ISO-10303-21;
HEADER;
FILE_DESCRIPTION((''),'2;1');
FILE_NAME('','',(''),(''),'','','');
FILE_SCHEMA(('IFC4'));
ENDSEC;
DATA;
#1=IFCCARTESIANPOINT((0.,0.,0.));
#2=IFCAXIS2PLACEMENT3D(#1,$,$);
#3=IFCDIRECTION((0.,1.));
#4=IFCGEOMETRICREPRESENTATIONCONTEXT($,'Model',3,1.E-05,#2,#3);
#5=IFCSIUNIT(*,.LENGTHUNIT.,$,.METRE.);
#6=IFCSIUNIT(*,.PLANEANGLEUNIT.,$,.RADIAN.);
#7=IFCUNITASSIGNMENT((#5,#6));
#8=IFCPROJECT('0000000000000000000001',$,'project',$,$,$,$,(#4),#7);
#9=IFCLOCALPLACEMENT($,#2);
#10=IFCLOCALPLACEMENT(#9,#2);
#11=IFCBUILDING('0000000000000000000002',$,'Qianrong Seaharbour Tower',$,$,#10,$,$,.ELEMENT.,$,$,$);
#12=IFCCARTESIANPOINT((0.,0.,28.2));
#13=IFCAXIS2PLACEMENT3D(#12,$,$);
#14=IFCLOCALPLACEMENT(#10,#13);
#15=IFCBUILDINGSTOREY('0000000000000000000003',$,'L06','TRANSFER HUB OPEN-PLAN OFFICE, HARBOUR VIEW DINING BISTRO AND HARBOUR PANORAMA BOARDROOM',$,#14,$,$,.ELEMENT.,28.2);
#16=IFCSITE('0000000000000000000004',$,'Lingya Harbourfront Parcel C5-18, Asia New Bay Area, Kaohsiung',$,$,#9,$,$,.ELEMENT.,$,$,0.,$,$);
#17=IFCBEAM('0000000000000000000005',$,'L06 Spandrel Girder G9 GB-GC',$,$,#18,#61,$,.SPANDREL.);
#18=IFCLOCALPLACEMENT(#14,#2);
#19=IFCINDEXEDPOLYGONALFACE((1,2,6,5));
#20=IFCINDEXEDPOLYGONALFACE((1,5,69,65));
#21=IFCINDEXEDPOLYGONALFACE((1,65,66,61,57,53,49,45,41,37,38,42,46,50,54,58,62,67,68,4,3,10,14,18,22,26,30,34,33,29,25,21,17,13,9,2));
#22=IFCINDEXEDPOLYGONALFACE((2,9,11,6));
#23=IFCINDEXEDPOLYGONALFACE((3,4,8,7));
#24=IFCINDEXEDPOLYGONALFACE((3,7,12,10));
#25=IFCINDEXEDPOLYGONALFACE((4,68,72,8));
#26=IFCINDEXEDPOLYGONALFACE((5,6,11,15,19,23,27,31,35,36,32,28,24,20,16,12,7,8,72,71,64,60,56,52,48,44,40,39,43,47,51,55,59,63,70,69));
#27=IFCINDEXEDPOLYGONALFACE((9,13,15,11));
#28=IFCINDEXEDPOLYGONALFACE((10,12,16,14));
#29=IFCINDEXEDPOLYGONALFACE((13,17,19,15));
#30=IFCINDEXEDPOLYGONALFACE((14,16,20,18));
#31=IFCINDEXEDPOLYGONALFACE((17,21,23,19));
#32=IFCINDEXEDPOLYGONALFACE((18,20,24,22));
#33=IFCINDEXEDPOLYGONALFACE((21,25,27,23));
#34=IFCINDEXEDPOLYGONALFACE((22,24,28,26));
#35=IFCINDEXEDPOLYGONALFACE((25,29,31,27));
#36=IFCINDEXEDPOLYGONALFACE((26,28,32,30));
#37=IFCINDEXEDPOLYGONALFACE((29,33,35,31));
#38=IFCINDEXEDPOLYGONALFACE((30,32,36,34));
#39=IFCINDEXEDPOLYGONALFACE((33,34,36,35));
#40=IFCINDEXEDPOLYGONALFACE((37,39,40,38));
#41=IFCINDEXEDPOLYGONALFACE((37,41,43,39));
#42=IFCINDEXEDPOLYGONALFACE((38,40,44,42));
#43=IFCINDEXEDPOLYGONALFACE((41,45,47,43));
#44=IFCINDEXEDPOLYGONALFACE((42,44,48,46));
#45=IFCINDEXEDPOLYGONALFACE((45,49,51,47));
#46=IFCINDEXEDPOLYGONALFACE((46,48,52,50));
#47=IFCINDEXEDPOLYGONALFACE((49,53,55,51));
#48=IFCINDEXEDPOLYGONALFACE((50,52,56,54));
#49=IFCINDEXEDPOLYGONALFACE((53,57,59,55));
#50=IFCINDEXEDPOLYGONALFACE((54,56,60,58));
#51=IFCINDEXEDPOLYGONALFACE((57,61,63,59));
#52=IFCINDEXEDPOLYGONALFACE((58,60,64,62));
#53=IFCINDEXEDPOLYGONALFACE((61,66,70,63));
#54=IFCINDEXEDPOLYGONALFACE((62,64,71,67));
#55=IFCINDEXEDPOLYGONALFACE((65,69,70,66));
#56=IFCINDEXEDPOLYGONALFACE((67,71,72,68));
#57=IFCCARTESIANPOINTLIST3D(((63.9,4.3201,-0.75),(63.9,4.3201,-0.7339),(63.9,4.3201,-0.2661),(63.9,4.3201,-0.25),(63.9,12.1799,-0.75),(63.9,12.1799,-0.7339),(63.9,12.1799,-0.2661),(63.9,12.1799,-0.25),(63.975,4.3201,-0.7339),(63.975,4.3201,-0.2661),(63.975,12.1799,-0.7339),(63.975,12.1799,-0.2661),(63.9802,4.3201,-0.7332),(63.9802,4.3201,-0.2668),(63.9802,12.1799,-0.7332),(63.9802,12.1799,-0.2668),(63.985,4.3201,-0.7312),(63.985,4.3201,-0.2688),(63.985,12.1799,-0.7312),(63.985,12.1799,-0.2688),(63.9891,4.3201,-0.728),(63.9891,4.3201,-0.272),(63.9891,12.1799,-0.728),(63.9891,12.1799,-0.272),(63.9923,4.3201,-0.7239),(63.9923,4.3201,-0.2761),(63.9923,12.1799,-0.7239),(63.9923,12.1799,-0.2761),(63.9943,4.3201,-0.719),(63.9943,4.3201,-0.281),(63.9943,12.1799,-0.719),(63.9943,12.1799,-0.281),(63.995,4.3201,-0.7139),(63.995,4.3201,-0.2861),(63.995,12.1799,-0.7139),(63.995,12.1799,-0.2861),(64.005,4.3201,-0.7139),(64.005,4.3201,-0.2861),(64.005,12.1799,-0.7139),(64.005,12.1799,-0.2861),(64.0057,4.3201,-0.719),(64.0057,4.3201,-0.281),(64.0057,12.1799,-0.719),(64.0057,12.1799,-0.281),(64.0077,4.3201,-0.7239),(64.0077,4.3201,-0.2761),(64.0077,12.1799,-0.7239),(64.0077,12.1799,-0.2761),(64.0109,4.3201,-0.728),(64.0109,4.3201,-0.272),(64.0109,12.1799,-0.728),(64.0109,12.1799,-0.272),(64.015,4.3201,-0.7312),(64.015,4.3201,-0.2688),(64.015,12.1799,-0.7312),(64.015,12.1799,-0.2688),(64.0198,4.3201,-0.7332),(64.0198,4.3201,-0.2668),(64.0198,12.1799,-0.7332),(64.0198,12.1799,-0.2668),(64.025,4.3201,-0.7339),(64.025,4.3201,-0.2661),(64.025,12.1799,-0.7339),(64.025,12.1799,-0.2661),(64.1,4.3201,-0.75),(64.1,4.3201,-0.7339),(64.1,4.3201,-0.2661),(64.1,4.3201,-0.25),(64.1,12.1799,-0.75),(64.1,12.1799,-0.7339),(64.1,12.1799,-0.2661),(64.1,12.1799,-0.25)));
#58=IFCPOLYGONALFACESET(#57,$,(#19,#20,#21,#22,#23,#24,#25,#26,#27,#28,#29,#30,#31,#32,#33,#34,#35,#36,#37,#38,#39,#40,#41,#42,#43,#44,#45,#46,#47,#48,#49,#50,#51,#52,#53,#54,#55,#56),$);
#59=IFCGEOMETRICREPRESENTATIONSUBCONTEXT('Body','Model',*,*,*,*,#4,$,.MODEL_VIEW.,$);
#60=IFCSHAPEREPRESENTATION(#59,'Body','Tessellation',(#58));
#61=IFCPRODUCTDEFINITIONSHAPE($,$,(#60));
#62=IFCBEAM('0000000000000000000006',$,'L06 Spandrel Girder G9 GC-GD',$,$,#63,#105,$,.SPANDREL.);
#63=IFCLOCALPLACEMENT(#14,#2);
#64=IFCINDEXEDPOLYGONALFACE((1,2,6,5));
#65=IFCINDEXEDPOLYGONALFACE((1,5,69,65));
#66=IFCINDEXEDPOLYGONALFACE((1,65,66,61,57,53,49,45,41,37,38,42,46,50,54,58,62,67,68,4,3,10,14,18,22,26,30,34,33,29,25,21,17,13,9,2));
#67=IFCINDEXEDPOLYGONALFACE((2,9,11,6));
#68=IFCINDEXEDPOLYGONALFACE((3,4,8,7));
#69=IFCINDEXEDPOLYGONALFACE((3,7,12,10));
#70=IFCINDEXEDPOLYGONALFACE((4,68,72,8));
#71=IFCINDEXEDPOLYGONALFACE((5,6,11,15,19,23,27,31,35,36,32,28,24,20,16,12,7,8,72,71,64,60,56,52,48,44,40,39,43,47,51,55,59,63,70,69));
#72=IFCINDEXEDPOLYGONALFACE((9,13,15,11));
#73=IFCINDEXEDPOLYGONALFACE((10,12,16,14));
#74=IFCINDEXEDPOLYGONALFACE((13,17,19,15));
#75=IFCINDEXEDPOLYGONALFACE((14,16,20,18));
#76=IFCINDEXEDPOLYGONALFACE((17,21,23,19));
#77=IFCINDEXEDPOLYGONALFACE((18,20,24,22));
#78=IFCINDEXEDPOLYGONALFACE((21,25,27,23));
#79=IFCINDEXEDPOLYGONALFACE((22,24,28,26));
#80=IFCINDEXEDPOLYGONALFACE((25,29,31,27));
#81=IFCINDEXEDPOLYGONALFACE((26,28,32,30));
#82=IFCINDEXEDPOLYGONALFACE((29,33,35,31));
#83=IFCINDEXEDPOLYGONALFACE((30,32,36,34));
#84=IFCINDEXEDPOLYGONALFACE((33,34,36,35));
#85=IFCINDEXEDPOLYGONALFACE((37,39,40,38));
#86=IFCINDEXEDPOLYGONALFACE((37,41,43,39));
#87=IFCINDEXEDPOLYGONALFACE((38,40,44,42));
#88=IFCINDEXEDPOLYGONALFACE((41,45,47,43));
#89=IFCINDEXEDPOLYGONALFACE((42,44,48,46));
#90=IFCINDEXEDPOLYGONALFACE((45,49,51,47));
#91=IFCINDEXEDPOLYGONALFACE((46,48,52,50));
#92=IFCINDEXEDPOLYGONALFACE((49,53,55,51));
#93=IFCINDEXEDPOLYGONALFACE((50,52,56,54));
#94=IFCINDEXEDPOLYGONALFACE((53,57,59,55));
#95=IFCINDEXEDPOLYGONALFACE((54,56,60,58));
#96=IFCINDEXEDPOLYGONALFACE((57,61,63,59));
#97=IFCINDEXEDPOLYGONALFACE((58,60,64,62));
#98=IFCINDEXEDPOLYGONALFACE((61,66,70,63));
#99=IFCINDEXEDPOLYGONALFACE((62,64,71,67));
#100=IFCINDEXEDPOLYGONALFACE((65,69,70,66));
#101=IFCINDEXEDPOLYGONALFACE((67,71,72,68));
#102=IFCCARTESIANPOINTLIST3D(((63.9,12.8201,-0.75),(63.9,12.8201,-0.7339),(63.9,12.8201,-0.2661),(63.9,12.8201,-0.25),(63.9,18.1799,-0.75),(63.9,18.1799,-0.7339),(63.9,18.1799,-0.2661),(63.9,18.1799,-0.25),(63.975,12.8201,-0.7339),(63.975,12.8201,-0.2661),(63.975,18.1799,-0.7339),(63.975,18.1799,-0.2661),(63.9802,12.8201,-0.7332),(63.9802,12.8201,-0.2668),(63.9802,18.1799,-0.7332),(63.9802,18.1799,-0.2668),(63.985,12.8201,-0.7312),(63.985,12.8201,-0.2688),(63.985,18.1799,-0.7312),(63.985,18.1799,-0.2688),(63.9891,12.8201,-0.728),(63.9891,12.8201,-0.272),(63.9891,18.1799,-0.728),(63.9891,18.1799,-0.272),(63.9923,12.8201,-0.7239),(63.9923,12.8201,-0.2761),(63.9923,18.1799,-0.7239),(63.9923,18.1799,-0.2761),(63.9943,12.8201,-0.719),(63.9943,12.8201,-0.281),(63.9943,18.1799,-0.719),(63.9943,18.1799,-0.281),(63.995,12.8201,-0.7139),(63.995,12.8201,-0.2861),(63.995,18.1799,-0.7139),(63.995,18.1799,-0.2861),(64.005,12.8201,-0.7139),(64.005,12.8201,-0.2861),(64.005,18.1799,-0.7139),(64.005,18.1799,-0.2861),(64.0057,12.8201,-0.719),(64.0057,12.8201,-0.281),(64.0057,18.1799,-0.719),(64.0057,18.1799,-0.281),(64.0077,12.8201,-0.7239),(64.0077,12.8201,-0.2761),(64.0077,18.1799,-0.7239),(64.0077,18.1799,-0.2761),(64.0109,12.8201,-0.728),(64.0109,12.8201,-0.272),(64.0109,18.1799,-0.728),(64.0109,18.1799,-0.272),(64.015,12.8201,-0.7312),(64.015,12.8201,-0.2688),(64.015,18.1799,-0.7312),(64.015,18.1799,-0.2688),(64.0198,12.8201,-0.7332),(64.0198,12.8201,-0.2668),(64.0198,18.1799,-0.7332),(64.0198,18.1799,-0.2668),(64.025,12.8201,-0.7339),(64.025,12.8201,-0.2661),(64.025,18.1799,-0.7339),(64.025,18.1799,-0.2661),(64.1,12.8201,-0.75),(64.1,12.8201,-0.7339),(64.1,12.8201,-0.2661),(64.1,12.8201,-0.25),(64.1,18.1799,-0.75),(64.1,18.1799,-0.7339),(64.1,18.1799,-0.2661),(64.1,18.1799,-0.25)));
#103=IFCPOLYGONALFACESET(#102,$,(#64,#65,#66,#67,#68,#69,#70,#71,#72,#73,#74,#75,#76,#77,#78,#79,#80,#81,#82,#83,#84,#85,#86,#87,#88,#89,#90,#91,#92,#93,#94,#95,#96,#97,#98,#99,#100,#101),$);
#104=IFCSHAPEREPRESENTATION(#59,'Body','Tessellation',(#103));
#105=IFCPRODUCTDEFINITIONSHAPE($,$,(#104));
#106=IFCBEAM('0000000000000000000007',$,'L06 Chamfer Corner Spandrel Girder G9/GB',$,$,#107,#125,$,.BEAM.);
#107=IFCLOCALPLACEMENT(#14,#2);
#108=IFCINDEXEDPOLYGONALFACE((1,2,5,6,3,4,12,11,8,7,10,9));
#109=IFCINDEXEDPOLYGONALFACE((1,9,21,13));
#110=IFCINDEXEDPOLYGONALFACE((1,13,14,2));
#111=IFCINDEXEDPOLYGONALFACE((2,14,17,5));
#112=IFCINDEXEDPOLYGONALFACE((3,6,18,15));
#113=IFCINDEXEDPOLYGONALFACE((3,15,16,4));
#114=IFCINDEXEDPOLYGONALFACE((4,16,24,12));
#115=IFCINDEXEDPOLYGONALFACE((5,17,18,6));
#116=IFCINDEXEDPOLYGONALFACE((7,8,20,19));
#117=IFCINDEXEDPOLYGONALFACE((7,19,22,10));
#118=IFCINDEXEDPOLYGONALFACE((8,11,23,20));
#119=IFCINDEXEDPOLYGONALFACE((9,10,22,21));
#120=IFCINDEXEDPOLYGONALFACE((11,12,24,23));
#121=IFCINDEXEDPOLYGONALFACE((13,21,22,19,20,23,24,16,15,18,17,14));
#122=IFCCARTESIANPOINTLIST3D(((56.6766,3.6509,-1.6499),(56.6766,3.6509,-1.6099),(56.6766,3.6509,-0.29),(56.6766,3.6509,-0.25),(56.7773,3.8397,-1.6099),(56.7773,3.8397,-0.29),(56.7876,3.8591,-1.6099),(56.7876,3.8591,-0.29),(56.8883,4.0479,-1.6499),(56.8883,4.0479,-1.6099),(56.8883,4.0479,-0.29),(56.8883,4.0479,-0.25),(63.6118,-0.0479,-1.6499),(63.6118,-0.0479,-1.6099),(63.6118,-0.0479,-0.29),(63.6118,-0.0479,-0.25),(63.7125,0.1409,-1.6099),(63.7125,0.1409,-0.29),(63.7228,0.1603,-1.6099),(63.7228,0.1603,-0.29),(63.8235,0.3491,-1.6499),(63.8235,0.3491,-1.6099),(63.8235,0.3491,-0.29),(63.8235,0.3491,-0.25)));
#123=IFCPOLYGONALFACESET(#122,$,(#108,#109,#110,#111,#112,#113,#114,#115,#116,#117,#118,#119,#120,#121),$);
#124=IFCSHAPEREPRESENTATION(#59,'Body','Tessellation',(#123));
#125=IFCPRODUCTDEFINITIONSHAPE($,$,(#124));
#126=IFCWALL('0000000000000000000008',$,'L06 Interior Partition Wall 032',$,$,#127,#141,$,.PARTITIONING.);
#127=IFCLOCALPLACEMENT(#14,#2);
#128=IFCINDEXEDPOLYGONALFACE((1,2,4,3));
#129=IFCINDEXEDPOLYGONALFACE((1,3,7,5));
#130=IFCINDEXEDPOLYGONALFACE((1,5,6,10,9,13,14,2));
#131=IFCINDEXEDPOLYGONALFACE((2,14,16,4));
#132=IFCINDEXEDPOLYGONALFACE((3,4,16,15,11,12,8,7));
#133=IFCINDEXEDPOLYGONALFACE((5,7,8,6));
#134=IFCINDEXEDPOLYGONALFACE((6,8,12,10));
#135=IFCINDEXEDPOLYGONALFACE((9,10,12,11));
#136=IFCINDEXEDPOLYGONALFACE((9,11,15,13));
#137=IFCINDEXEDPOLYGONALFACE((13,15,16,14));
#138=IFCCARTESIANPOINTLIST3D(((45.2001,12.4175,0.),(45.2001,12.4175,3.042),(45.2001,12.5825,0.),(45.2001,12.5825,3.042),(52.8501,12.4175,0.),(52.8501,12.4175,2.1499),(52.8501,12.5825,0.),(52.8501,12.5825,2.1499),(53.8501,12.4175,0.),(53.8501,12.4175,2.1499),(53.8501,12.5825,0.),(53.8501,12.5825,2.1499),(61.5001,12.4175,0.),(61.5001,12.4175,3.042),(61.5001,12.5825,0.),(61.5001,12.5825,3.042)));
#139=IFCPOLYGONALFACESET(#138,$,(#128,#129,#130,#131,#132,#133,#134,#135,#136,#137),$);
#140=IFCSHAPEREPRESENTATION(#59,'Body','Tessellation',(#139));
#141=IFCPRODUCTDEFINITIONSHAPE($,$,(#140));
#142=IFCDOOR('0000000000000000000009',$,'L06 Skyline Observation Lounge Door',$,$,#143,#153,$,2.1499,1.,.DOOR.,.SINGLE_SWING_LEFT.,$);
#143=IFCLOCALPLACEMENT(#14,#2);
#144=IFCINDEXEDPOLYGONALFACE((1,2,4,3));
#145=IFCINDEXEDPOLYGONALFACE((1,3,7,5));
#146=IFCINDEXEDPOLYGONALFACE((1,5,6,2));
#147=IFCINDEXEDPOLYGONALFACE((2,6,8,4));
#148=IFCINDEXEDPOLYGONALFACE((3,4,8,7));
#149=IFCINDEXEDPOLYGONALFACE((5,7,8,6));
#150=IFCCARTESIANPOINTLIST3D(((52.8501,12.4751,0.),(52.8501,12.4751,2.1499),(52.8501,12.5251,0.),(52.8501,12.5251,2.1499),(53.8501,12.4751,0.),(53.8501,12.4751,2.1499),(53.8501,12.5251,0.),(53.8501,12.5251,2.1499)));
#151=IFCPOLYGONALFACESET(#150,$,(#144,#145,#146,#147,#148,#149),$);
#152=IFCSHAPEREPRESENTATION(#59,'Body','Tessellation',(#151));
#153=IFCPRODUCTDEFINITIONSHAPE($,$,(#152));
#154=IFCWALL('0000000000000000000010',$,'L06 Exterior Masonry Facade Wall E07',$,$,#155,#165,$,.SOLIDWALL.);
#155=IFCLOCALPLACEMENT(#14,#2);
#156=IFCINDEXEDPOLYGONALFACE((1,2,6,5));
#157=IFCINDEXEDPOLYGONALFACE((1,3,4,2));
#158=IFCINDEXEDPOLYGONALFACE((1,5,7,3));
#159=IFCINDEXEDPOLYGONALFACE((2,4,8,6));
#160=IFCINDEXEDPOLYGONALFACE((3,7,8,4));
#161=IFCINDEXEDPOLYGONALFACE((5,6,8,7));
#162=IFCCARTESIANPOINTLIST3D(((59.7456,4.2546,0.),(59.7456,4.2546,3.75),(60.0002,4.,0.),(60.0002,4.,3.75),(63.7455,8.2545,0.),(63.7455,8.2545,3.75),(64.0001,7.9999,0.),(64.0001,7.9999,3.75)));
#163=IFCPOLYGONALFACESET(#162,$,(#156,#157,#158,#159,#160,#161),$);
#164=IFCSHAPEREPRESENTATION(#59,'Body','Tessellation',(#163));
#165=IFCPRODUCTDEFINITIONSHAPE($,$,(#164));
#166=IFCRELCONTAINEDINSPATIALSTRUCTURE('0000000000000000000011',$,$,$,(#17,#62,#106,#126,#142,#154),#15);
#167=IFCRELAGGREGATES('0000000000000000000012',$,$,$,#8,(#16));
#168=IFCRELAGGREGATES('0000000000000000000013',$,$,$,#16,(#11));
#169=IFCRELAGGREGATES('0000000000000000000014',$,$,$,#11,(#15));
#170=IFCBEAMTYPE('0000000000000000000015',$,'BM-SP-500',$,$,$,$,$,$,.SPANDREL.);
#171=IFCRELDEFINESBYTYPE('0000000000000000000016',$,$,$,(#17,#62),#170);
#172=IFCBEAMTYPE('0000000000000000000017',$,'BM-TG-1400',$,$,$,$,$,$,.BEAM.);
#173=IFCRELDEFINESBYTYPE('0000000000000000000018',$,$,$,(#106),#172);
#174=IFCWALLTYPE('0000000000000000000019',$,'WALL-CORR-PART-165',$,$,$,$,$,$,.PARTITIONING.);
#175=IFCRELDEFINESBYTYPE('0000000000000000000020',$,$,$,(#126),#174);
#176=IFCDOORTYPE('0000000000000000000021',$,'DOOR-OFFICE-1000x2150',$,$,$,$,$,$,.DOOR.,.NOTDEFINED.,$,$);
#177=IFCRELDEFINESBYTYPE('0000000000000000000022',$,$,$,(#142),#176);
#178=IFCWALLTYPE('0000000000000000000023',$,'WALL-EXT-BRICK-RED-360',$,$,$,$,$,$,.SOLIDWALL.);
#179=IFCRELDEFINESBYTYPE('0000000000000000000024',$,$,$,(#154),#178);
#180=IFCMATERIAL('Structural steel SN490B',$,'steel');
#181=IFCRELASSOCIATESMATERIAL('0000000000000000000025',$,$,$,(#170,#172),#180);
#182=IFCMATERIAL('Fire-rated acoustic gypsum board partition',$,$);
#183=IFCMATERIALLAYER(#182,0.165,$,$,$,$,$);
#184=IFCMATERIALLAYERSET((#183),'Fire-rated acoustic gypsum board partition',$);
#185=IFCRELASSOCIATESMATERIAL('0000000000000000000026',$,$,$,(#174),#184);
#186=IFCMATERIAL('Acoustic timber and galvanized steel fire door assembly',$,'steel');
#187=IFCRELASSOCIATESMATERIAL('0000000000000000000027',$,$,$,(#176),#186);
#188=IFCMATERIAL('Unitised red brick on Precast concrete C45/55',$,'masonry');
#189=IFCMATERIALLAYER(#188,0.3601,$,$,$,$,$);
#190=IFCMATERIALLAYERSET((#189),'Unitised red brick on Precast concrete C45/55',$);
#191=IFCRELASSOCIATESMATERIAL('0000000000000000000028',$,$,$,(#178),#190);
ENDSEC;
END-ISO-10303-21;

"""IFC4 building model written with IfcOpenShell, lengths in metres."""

from ifc_helpers import new_model, si_unit, direction, frame, frame_2d, origin, origin_2d, place, context, subcontext, project, spatial, rectangle, i_section, extrude, material, layer, layer_set, material_profile, profile_set, type_object, element, fill, save


model = new_model("IFC4")

# Units and contexts
model_context = context("Model", 3, precision=1e-05, world=origin(), true_north=direction((0.0, 1.0)))
body_context = subcontext(model_context, "Body", "Model", "MODEL_VIEW")
ifc_project = project(units=[si_unit("LENGTHUNIT", "METRE"), si_unit("PLANEANGLEUNIT", "RADIAN")], contexts=[model_context])

# Site, building, storey
site_placement = place(None, origin())
site = spatial("IfcSite", under=ifc_project, at=site_placement, Name="Lingya Harbourfront Parcel C5-18, Asia New Bay Area, Kaohsiung", CompositionType="ELEMENT", RefElevation=0.0)
building_placement = place(site_placement, origin())
building = spatial("IfcBuilding", under=site, at=building_placement, Name="Qianrong Seaharbour Tower", CompositionType="ELEMENT")
storey_placement = place(building_placement, frame((0.0, 0.0, 28.2)))
storey = spatial("IfcBuildingStorey", under=building, at=storey_placement, Name="L06", Description="TRANSFER HUB OPEN-PLAN OFFICE, HARBOUR VIEW DINING BISTRO AND HARBOUR PANORAMA BOARDROOM", CompositionType="ELEMENT", Elevation=28.2)

# Shared definitions
ifc_material_1 = material(Name="Structural steel SN490B", Category="steel")

# Beams
ifc_material_profile_1 = material_profile(ifc_material_1, i_section(OverallWidth=0.2, OverallDepth=0.5, WebThickness=0.01, FlangeThickness=0.0161, FilletRadius=0.02, at=origin_2d()), Name="H500x200x10x16")
ifc_profile_set_1 = profile_set([ifc_material_profile_1], Name="Structural steel SN490B")
beam_type_1 = type_object("IfcBeamType", Name="BM-SP-500", PredefinedType="SPANDREL", material=ifc_profile_set_1)
beam_1_placement = place(storey_placement, frame((64.0, 4.3201, -0.5), z_axis=(0.0, 1.0, 0.0), x_axis=(-1.0, 0.0, 0.0)))
element("IfcBeam", 1, at=beam_1_placement, inside=storey, type_object=beam_type_1, Name="L06 Spandrel Girder G9 GB-GC", PredefinedType="SPANDREL", context=body_context, shape_type="SweptSolid", body=[
    extrude(i_section(OverallWidth=0.2, OverallDepth=0.5, WebThickness=0.01, FlangeThickness=0.0161, FilletRadius=0.02, at=origin_2d()), origin(), (0.0, 0.0, 1.0), 7.8599),
])
beam_2_placement = place(storey_placement, frame((64.0, 12.8201, -0.5), z_axis=(0.0, 1.0, 0.0), x_axis=(-1.0, 0.0, 0.0)))
element("IfcBeam", 2, at=beam_2_placement, inside=storey, type_object=beam_type_1, Name="L06 Spandrel Girder G9 GC-GD", PredefinedType="SPANDREL", context=body_context, shape_type="SweptSolid", body=[
    extrude(i_section(OverallWidth=0.2, OverallDepth=0.5, WebThickness=0.01, FlangeThickness=0.0161, FilletRadius=0.02, at=origin_2d()), origin(), (0.0, 0.0, 1.0), 5.3599),
])
ifc_material_profile_2 = material_profile(ifc_material_1, i_section(OverallWidth=0.45, OverallDepth=1.3999, WebThickness=0.022, FlangeThickness=0.04, at=origin_2d()), Name="BH1400x450x22x40")
ifc_profile_set_2 = profile_set([ifc_material_profile_2], Name="Structural steel SN490B")
beam_type_2 = type_object("IfcBeamType", Name="BM-TG-1400", PredefinedType="BEAM", material=ifc_profile_set_2)
beam_3_placement = place(storey_placement, frame((56.7825, 3.8494, -0.95), z_axis=(0.882351, -0.470591, 0.0), x_axis=(0.470591, 0.882351, 0.0)))
element("IfcBeam", 3, at=beam_3_placement, inside=storey, type_object=beam_type_2, Name="L06 Chamfer Corner Spandrel Girder G9/GB", PredefinedType="BEAM", context=body_context, shape_type="SweptSolid", body=[
    extrude(i_section(OverallWidth=0.45, OverallDepth=1.3999, WebThickness=0.022, FlangeThickness=0.04, at=origin_2d()), origin(), (0.0, 0.0, 1.0), 7.8599),
])

# Wall, opening, door
ifc_material_2 = material(Name="Fire-rated acoustic gypsum board partition")
ifc_layer_1 = layer(ifc_material_2, 0.165)
ifc_layer_set_1 = layer_set([ifc_layer_1], Name="Fire-rated acoustic gypsum board partition")
wall_type_1 = type_object("IfcWallType", Name="WALL-CORR-PART-165", PredefinedType="PARTITIONING", material=ifc_layer_set_1)
wall_1_placement = place(storey_placement, frame((61.5, 12.5, 0.0), z_axis=(0.0, 0.0, 1.0), x_axis=(-1.0, 0.0, 0.0)))
wall_1 = element("IfcWall", 4, at=wall_1_placement, inside=storey, type_object=wall_type_1, Name="L06 Interior Partition Wall 032", PredefinedType="PARTITIONING", context=body_context, shape_type="SweptSolid", body=[
    extrude(rectangle(XDim=16.3, YDim=0.165, at=frame_2d((8.1499, 0.0))), origin(), (0.0, 0.0, 1.0), 3.042),
])
opening_1_placement = place(wall_1_placement, frame((7.6499, 0.0, 0.0)))
opening_1 = element("IfcOpeningElement", 5, at=opening_1_placement, cuts=wall_1, PredefinedType="OPENING", context=body_context, shape_type="SweptSolid", body=[
    extrude(rectangle(XDim=1.0, YDim=2.1499, at=frame_2d((0.5, 1.075))), frame((0.0, 0.0925, 0.0), z_axis=(0.0, -1.0, 0.0), x_axis=(1.0, 0.0, 0.0)), (0.0, 0.0, 1.0), 0.1851),
])
ifc_material_3 = material(Name="Acoustic timber and galvanized steel fire door assembly", Category="steel")
door_type = type_object("IfcDoorType", Name="DOOR-OFFICE-1000x2150", OperationType="NOTDEFINED", PredefinedType="DOOR", material=ifc_material_3)
door_placement = place(opening_1_placement, origin())
door = element("IfcDoor", 6, at=door_placement, inside=storey, type_object=door_type, Name="L06 Skyline Observation Lounge Door", OperationType="SINGLE_SWING_LEFT", OverallHeight=2.1499, OverallWidth=1.0, PredefinedType="DOOR", context=body_context, shape_type="SweptSolid", body=[
    extrude(rectangle(XDim=1.0, YDim=2.1499, at=frame_2d((0.5, 1.075))), frame((0.0, 0.0249, 0.0), z_axis=(0.0, -1.0, 0.0), x_axis=(1.0, 0.0, 0.0)), (0.0, 0.0, 1.0), 0.05),
])
fill(opening_1, door)

# Wall
ifc_material_4 = material(Name="Unitised red brick on Precast concrete C45/55", Category="masonry")
ifc_layer_2 = layer(ifc_material_4, 0.3601)
ifc_layer_set_2 = layer_set([ifc_layer_2], Name="Unitised red brick on Precast concrete C45/55")
wall_type_2 = type_object("IfcWallType", Name="WALL-EXT-BRICK-RED-360", PredefinedType="SOLIDWALL", material=ifc_layer_set_2)
wall_2_placement = place(storey_placement, frame((63.8728, 8.1272, 0.0), z_axis=(0.0, 0.0, 1.0), x_axis=(-0.707107, -0.707107, 0.0)))
element("IfcWall", 7, at=wall_2_placement, inside=storey, type_object=wall_type_2, Name="L06 Exterior Masonry Facade Wall E07", PredefinedType="SOLIDWALL", context=body_context, shape_type="SweptSolid", body=[
    extrude(rectangle(XDim=5.6567, YDim=0.3601, at=frame_2d((2.8284, 0.0))), origin(), (0.0, 0.0, 1.0), 3.75),
])

save(model, "model.ifc")
